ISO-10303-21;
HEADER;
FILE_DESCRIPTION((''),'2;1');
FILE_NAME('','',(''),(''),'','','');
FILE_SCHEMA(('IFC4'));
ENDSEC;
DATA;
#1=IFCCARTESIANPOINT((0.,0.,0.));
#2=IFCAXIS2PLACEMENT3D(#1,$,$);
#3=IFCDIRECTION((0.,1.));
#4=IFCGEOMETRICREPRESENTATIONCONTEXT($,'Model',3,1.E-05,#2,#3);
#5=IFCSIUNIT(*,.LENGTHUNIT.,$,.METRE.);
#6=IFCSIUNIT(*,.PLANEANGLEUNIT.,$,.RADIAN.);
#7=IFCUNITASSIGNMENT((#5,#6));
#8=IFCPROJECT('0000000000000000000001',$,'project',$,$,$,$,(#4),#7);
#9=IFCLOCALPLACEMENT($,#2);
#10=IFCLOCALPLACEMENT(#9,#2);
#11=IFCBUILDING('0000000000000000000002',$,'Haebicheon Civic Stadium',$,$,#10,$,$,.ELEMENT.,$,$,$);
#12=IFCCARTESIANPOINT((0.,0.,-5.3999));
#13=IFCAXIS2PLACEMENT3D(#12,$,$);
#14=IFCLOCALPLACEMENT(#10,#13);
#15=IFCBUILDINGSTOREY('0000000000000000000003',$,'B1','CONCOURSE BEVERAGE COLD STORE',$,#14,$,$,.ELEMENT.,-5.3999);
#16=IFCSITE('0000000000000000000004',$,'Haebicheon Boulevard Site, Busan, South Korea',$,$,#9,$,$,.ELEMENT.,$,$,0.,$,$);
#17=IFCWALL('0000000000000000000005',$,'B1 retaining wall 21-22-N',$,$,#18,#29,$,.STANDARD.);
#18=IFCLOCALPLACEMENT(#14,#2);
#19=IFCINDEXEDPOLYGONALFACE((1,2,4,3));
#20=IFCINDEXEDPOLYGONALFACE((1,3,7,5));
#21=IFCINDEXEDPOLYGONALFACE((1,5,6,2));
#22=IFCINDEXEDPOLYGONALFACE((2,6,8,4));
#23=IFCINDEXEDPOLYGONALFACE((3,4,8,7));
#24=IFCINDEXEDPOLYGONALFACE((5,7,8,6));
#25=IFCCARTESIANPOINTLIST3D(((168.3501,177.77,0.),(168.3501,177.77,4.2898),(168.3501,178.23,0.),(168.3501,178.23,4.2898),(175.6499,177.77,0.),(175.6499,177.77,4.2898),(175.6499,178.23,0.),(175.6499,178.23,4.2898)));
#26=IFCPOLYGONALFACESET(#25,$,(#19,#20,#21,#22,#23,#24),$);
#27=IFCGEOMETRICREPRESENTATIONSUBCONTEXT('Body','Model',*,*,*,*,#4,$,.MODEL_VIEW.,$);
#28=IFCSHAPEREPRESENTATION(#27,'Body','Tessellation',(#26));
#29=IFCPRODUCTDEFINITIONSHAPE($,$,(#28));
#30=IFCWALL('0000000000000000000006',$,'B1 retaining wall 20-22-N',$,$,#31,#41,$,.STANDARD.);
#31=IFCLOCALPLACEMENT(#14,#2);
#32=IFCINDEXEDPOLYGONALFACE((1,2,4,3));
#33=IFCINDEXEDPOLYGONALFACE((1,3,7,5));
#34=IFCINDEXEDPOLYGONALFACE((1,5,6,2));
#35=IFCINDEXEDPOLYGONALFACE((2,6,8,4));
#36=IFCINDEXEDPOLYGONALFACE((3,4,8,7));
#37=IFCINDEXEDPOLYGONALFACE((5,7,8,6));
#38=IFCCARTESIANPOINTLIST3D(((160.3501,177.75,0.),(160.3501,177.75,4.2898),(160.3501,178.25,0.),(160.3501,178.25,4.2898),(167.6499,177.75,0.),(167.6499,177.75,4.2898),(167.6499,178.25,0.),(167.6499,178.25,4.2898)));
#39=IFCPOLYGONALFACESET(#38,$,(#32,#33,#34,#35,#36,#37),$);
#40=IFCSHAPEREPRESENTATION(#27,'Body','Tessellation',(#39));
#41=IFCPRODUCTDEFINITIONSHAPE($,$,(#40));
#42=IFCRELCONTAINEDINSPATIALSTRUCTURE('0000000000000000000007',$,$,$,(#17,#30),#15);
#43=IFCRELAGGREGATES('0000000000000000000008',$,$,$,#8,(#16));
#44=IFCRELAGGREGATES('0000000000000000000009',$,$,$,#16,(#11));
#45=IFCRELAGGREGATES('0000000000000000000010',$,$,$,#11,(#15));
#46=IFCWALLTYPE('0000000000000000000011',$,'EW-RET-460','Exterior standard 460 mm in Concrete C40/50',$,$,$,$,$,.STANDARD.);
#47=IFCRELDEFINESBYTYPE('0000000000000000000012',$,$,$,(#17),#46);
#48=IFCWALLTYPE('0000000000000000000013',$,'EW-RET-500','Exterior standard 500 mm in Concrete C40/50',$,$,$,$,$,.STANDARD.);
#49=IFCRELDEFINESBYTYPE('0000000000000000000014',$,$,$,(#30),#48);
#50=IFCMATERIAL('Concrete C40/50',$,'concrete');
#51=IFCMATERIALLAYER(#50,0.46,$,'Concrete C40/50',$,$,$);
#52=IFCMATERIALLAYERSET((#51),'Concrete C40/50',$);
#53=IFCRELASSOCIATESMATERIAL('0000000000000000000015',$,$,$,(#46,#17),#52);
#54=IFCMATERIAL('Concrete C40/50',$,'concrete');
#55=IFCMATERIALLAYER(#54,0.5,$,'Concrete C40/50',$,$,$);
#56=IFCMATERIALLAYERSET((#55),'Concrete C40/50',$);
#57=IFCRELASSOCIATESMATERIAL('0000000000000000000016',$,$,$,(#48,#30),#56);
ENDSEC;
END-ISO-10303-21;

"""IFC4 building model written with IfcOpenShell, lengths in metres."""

from ifc_helpers import new_model, si_unit, direction, frame, frame_2d, origin, place, context, subcontext, project, spatial, rectangle, extrude, material, layer, layer_set, type_object, element, save


model = new_model("IFC4")

# Units and contexts
model_context = context("Model", 3, precision=1e-05, world=origin(), true_north=direction((0.0, 1.0)))
body_context = subcontext(model_context, "Body", "Model", "MODEL_VIEW")
ifc_project = project(units=[si_unit("LENGTHUNIT", "METRE"), si_unit("PLANEANGLEUNIT", "RADIAN")], contexts=[model_context])

# Site, building, storey
site_placement = place(None, origin())
site = spatial("IfcSite", under=ifc_project, at=site_placement, Name="Haebicheon Boulevard Site, Busan, South Korea", CompositionType="ELEMENT", RefElevation=0.0)
building_placement = place(site_placement, origin())
building = spatial("IfcBuilding", under=site, at=building_placement, Name="Haebicheon Civic Stadium", CompositionType="ELEMENT")
storey_placement = place(building_placement, frame((0.0, 0.0, -5.3999)))
storey = spatial("IfcBuildingStorey", under=building, at=storey_placement, Name="B1", Description="CONCOURSE BEVERAGE COLD STORE", CompositionType="ELEMENT", Elevation=-5.3999)

# Walls
ifc_material_1 = material(Name="Concrete C40/50", Category="concrete")
ifc_layer_1 = layer(ifc_material_1, 0.46, Name="Concrete C40/50")
ifc_layer_set_1 = layer_set([ifc_layer_1], Name="Concrete C40/50")
wall_type_1 = type_object("IfcWallType", Name="EW-RET-460", Description="Exterior standard 460 mm in Concrete C40/50", PredefinedType="STANDARD", material=ifc_layer_set_1)
wall_1_placement = place(storey_placement, frame((168.3501, 178.0, 0.0), z_axis=(0.0, 0.0, 1.0), x_axis=(1.0, 0.0, 0.0)))
element("IfcWall", 1, at=wall_1_placement, inside=storey, type_object=wall_type_1, material=ifc_layer_set_1, Name="B1 retaining wall 21-22-N", PredefinedType="STANDARD", context=body_context, shape_type="SweptSolid", body=[
    extrude(rectangle(XDim=7.2998, YDim=0.46, at=frame_2d((3.6499, 0.0))), origin(), (0.0, 0.0, 1.0), 4.2898),
])
ifc_material_2 = material(Name="Concrete C40/50", Category="concrete")
ifc_layer_2 = layer(ifc_material_2, 0.5, Name="Concrete C40/50")
ifc_layer_set_2 = layer_set([ifc_layer_2], Name="Concrete C40/50")
wall_type_2 = type_object("IfcWallType", Name="EW-RET-500", Description="Exterior standard 500 mm in Concrete C40/50", PredefinedType="STANDARD", material=ifc_layer_set_2)
wall_2_placement = place(storey_placement, frame((160.3501, 178.0, 0.0), z_axis=(0.0, 0.0, 1.0), x_axis=(1.0, 0.0, 0.0)))
element("IfcWall", 2, at=wall_2_placement, inside=storey, type_object=wall_type_2, material=ifc_layer_set_2, Name="B1 retaining wall 20-22-N", PredefinedType="STANDARD", context=body_context, shape_type="SweptSolid", body=[
    extrude(rectangle(XDim=7.2998, YDim=0.5, at=frame_2d((3.6499, 0.0))), origin(), (0.0, 0.0, 1.0), 4.2898),
])

save(model, "model.ifc")
